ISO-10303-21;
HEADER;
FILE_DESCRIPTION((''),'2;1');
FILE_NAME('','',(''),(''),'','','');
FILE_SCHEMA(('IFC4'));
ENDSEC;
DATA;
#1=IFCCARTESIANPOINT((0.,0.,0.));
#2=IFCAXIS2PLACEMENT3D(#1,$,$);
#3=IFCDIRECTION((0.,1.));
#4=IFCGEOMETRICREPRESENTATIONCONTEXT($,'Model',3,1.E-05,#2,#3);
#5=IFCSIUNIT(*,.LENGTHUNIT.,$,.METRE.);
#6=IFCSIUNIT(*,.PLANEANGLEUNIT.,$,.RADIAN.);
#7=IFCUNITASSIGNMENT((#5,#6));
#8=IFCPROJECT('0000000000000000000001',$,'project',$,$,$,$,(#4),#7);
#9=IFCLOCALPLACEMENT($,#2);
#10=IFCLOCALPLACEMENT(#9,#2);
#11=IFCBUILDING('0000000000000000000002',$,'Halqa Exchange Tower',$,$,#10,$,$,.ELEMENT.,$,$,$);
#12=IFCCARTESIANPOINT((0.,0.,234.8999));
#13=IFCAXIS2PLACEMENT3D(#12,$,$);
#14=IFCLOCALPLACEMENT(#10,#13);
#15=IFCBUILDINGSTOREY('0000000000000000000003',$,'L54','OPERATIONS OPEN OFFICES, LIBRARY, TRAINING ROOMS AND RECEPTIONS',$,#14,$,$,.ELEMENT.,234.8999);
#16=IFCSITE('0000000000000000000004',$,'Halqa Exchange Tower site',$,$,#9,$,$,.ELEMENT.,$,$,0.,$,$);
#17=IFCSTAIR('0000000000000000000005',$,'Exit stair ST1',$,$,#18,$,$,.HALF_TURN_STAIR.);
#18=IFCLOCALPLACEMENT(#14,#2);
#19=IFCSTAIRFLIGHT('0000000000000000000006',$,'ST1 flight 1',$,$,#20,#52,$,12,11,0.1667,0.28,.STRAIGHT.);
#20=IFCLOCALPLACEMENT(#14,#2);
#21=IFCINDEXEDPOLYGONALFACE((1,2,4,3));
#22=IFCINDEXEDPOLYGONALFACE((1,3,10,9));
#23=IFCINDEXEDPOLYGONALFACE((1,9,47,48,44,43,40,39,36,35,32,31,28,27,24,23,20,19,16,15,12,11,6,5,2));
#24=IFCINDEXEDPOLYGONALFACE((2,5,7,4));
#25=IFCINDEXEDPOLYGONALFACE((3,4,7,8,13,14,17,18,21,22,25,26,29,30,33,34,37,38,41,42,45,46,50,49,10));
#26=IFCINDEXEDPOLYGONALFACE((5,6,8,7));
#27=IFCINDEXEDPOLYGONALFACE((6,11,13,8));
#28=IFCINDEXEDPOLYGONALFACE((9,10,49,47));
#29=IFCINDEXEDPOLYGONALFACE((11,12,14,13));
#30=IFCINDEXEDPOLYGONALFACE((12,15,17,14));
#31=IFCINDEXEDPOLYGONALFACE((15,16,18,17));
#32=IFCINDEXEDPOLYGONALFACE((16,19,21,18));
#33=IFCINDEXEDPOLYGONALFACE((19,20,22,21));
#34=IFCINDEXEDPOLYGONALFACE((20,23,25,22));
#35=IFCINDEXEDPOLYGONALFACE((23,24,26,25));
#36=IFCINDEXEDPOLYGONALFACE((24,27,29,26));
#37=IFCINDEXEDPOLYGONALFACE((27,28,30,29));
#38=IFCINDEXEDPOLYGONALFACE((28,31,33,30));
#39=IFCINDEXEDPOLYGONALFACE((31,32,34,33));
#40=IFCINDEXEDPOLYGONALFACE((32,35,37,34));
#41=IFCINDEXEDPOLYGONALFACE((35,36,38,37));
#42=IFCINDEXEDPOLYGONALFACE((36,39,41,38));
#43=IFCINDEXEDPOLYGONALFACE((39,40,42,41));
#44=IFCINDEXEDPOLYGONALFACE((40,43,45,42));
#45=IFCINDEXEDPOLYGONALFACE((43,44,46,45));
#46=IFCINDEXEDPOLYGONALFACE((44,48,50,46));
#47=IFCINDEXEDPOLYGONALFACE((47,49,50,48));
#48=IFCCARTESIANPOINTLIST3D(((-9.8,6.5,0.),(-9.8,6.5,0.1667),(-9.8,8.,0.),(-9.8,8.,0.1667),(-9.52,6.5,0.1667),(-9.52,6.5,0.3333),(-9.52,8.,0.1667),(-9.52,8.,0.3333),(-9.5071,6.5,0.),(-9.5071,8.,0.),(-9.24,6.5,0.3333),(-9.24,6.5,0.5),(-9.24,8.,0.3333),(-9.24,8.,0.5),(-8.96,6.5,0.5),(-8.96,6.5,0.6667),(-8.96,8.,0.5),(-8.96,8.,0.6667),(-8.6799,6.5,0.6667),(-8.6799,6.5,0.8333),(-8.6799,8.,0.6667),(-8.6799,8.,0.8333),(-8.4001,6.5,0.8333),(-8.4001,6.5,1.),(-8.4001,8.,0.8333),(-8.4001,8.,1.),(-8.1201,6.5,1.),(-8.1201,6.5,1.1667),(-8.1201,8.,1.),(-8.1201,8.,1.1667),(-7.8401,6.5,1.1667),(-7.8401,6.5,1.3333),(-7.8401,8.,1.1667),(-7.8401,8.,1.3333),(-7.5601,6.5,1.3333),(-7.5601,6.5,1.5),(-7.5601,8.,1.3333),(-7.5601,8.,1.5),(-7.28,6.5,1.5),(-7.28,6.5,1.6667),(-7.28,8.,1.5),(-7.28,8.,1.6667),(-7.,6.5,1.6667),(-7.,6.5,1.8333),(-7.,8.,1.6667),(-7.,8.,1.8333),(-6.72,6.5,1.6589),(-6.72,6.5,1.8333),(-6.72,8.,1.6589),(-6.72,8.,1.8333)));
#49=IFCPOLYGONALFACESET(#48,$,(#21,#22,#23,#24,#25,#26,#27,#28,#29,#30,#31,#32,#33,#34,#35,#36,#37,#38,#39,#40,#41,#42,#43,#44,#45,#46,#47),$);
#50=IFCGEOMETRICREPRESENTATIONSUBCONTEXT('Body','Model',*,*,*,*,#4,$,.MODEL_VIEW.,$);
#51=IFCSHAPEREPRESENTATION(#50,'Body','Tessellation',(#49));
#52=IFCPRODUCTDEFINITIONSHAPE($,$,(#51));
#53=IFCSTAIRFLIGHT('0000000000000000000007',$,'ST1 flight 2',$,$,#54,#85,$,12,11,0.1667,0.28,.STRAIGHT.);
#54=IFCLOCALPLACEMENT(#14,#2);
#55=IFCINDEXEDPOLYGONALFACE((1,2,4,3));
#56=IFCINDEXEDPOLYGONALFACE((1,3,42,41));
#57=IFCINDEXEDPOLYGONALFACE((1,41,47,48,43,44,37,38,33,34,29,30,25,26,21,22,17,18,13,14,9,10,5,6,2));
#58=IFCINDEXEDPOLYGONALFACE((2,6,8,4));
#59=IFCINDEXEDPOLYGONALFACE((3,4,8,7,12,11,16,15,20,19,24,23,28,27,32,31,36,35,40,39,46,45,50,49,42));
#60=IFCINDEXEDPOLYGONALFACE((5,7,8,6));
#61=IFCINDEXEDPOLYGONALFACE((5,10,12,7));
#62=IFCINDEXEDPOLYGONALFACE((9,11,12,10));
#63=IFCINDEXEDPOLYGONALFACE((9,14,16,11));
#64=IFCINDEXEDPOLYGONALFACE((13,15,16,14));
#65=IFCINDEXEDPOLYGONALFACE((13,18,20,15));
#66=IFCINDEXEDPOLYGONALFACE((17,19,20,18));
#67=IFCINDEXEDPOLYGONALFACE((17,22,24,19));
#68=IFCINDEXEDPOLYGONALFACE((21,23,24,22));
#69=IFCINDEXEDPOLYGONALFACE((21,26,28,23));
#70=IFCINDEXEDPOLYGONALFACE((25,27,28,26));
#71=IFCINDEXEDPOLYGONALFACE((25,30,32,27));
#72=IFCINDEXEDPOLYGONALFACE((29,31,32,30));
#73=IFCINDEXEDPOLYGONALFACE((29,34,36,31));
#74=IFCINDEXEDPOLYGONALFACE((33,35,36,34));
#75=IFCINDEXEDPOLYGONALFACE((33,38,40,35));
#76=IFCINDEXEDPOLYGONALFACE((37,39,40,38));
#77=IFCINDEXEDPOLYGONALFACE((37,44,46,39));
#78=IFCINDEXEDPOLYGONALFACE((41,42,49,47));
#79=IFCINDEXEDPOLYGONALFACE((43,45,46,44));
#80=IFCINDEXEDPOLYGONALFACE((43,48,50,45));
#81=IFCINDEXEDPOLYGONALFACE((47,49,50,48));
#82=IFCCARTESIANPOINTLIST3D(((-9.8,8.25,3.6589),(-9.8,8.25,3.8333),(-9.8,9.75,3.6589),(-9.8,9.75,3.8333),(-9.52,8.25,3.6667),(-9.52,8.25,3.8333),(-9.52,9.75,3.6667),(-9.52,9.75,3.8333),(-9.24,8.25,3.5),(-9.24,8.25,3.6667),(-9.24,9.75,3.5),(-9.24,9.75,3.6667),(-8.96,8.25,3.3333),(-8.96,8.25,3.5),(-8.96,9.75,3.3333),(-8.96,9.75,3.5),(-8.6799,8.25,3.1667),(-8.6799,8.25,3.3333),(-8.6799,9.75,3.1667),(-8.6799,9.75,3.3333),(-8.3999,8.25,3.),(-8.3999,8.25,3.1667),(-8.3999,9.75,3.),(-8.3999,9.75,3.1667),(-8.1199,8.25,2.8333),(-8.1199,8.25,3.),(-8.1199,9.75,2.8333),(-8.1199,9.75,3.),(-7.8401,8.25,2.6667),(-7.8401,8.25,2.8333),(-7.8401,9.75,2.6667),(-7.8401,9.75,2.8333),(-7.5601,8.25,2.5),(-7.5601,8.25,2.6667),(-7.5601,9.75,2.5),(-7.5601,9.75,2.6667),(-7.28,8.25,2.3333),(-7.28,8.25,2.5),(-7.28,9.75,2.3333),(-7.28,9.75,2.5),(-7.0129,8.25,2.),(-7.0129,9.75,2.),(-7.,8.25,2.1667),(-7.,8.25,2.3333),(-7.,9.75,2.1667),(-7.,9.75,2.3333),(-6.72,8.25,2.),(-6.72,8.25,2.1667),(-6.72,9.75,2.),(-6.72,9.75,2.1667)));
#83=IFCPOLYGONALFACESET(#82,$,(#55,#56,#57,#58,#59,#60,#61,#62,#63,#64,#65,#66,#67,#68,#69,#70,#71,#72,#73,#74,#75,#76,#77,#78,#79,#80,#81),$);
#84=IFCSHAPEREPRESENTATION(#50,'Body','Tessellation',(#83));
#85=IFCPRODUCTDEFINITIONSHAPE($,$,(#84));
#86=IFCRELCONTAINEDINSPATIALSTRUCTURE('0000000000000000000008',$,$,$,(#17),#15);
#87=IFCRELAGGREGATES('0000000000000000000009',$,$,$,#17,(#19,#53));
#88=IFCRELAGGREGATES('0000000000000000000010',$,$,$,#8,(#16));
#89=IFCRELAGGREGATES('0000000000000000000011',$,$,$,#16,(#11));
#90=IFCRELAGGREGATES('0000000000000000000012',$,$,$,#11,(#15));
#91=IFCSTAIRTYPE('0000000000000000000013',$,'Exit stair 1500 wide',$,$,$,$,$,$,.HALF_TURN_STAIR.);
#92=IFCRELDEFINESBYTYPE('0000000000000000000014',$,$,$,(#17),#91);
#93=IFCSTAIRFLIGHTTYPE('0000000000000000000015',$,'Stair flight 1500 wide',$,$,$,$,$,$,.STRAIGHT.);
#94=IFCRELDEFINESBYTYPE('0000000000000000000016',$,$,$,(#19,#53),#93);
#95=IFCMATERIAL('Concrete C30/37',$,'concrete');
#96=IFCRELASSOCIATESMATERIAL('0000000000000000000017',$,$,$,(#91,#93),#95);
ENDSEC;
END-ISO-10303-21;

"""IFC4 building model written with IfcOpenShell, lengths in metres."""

from ifc_helpers import new_model, si_unit, direction, frame, origin, place, context, subcontext, project, spatial, polyline, outline, extrude, material, type_object, element, aggregate, save


model = new_model("IFC4")

# Units and contexts
model_context = context("Model", 3, precision=1e-05, world=origin(), true_north=direction((0.0, 1.0)))
body_context = subcontext(model_context, "Body", "Model", "MODEL_VIEW")
ifc_project = project(units=[si_unit("LENGTHUNIT", "METRE"), si_unit("PLANEANGLEUNIT", "RADIAN")], contexts=[model_context])

# Site, building, storey
site_placement = place(None, origin())
site = spatial("IfcSite", under=ifc_project, at=site_placement, Name="Halqa Exchange Tower site", CompositionType="ELEMENT", RefElevation=0.0)
building_placement = place(site_placement, origin())
building = spatial("IfcBuilding", under=site, at=building_placement, Name="Halqa Exchange Tower", CompositionType="ELEMENT")
storey_placement = place(building_placement, frame((0.0, 0.0, 234.8999)))
storey = spatial("IfcBuildingStorey", under=building, at=storey_placement, Name="L54", Description="OPERATIONS OPEN OFFICES, LIBRARY, TRAINING ROOMS AND RECEPTIONS", CompositionType="ELEMENT", Elevation=234.8999)

# Shared definitions
ifc_material_1 = material(Name="Concrete C30/37", Category="concrete")

# Stair, stair flights
stair_type = type_object("IfcStairType", Name="Exit stair 1500 wide", PredefinedType="HALF_TURN_STAIR", material=ifc_material_1)
stair_placement = place(storey_placement, origin())
stair = element("IfcStair", 1, at=stair_placement, inside=storey, type_object=stair_type, Name="Exit stair ST1", PredefinedType="HALF_TURN_STAIR")
stair_flight_type = type_object("IfcStairFlightType", Name="Stair flight 1500 wide", PredefinedType="STRAIGHT", material=ifc_material_1)
stair_flight_1_placement = place(storey_placement, frame((-9.8, 7.25, 0.0), z_axis=(0.0, 0.0, 1.0), x_axis=(1.0, 0.0, 0.0)))
stair_flight_1 = element("IfcStairFlight", 2, at=stair_flight_1_placement, type_object=stair_flight_type, Name="ST1 flight 1", NumberOfRisers=12, NumberOfTreads=11, PredefinedType="STRAIGHT", RiserHeight=0.1667, TreadLength=0.28, context=body_context, shape_type="SweptSolid", body=[
    extrude(outline(polyline([(0.0, 0.0), (0.0, 0.1667), (0.28, 0.1667), (0.28, 0.3333), (0.5601, 0.3333), (0.5601, 0.5), (0.8401, 0.5), (0.8401, 0.6667), (1.1201, 0.6667), (1.1201, 0.8333), (1.3999, 0.8333), (1.3999, 1.0), (1.6799, 1.0), (1.6799, 1.1667), (1.96, 1.1667), (1.96, 1.3333), (2.24, 1.3333), (2.24, 1.5), (2.52, 1.5), (2.52, 1.6667), (2.8, 1.6667), (2.8, 1.8333), (3.0801, 1.8333), (3.0801, 2.0), (3.0801, 1.6589), (0.293, 0.0), (0.0, 0.0)])), frame((0.0, 0.75, 0.0), z_axis=(0.0, -1.0, 0.0), x_axis=(1.0, 0.0, 0.0)), (0.0, 0.0, 1.0), 1.5),
])
stair_flight_2_placement = place(storey_placement, frame((-6.72, 9.0, 2.0), z_axis=(0.0, 0.0, 1.0), x_axis=(-1.0, 0.0, 0.0)))
stair_flight_2 = element("IfcStairFlight", 3, at=stair_flight_2_placement, type_object=stair_flight_type, Name="ST1 flight 2", NumberOfRisers=12, NumberOfTreads=11, PredefinedType="STRAIGHT", RiserHeight=0.1667, TreadLength=0.28, context=body_context, shape_type="SweptSolid", body=[
    extrude(outline(polyline([(0.0, 0.0), (0.0, 0.1667), (0.28, 0.1667), (0.28, 0.3333), (0.5601, 0.3333), (0.5601, 0.5), (0.8401, 0.5), (0.8401, 0.6667), (1.1201, 0.6667), (1.1201, 0.8333), (1.3999, 0.8333), (1.3999, 1.0), (1.6799, 1.0), (1.6799, 1.1667), (1.96, 1.1667), (1.96, 1.3333), (2.24, 1.3333), (2.24, 1.5), (2.52, 1.5), (2.52, 1.6667), (2.8, 1.6667), (2.8, 1.8333), (3.0801, 1.8333), (3.0801, 2.0), (3.0801, 1.6589), (0.293, 0.0), (0.0, 0.0)])), frame((0.0, 0.75, 0.0), z_axis=(0.0, -1.0, 0.0), x_axis=(1.0, 0.0, 0.0)), (0.0, 0.0, 1.0), 1.5),
])
aggregate(stair, [stair_flight_1, stair_flight_2])

save(model, "model.ifc")
